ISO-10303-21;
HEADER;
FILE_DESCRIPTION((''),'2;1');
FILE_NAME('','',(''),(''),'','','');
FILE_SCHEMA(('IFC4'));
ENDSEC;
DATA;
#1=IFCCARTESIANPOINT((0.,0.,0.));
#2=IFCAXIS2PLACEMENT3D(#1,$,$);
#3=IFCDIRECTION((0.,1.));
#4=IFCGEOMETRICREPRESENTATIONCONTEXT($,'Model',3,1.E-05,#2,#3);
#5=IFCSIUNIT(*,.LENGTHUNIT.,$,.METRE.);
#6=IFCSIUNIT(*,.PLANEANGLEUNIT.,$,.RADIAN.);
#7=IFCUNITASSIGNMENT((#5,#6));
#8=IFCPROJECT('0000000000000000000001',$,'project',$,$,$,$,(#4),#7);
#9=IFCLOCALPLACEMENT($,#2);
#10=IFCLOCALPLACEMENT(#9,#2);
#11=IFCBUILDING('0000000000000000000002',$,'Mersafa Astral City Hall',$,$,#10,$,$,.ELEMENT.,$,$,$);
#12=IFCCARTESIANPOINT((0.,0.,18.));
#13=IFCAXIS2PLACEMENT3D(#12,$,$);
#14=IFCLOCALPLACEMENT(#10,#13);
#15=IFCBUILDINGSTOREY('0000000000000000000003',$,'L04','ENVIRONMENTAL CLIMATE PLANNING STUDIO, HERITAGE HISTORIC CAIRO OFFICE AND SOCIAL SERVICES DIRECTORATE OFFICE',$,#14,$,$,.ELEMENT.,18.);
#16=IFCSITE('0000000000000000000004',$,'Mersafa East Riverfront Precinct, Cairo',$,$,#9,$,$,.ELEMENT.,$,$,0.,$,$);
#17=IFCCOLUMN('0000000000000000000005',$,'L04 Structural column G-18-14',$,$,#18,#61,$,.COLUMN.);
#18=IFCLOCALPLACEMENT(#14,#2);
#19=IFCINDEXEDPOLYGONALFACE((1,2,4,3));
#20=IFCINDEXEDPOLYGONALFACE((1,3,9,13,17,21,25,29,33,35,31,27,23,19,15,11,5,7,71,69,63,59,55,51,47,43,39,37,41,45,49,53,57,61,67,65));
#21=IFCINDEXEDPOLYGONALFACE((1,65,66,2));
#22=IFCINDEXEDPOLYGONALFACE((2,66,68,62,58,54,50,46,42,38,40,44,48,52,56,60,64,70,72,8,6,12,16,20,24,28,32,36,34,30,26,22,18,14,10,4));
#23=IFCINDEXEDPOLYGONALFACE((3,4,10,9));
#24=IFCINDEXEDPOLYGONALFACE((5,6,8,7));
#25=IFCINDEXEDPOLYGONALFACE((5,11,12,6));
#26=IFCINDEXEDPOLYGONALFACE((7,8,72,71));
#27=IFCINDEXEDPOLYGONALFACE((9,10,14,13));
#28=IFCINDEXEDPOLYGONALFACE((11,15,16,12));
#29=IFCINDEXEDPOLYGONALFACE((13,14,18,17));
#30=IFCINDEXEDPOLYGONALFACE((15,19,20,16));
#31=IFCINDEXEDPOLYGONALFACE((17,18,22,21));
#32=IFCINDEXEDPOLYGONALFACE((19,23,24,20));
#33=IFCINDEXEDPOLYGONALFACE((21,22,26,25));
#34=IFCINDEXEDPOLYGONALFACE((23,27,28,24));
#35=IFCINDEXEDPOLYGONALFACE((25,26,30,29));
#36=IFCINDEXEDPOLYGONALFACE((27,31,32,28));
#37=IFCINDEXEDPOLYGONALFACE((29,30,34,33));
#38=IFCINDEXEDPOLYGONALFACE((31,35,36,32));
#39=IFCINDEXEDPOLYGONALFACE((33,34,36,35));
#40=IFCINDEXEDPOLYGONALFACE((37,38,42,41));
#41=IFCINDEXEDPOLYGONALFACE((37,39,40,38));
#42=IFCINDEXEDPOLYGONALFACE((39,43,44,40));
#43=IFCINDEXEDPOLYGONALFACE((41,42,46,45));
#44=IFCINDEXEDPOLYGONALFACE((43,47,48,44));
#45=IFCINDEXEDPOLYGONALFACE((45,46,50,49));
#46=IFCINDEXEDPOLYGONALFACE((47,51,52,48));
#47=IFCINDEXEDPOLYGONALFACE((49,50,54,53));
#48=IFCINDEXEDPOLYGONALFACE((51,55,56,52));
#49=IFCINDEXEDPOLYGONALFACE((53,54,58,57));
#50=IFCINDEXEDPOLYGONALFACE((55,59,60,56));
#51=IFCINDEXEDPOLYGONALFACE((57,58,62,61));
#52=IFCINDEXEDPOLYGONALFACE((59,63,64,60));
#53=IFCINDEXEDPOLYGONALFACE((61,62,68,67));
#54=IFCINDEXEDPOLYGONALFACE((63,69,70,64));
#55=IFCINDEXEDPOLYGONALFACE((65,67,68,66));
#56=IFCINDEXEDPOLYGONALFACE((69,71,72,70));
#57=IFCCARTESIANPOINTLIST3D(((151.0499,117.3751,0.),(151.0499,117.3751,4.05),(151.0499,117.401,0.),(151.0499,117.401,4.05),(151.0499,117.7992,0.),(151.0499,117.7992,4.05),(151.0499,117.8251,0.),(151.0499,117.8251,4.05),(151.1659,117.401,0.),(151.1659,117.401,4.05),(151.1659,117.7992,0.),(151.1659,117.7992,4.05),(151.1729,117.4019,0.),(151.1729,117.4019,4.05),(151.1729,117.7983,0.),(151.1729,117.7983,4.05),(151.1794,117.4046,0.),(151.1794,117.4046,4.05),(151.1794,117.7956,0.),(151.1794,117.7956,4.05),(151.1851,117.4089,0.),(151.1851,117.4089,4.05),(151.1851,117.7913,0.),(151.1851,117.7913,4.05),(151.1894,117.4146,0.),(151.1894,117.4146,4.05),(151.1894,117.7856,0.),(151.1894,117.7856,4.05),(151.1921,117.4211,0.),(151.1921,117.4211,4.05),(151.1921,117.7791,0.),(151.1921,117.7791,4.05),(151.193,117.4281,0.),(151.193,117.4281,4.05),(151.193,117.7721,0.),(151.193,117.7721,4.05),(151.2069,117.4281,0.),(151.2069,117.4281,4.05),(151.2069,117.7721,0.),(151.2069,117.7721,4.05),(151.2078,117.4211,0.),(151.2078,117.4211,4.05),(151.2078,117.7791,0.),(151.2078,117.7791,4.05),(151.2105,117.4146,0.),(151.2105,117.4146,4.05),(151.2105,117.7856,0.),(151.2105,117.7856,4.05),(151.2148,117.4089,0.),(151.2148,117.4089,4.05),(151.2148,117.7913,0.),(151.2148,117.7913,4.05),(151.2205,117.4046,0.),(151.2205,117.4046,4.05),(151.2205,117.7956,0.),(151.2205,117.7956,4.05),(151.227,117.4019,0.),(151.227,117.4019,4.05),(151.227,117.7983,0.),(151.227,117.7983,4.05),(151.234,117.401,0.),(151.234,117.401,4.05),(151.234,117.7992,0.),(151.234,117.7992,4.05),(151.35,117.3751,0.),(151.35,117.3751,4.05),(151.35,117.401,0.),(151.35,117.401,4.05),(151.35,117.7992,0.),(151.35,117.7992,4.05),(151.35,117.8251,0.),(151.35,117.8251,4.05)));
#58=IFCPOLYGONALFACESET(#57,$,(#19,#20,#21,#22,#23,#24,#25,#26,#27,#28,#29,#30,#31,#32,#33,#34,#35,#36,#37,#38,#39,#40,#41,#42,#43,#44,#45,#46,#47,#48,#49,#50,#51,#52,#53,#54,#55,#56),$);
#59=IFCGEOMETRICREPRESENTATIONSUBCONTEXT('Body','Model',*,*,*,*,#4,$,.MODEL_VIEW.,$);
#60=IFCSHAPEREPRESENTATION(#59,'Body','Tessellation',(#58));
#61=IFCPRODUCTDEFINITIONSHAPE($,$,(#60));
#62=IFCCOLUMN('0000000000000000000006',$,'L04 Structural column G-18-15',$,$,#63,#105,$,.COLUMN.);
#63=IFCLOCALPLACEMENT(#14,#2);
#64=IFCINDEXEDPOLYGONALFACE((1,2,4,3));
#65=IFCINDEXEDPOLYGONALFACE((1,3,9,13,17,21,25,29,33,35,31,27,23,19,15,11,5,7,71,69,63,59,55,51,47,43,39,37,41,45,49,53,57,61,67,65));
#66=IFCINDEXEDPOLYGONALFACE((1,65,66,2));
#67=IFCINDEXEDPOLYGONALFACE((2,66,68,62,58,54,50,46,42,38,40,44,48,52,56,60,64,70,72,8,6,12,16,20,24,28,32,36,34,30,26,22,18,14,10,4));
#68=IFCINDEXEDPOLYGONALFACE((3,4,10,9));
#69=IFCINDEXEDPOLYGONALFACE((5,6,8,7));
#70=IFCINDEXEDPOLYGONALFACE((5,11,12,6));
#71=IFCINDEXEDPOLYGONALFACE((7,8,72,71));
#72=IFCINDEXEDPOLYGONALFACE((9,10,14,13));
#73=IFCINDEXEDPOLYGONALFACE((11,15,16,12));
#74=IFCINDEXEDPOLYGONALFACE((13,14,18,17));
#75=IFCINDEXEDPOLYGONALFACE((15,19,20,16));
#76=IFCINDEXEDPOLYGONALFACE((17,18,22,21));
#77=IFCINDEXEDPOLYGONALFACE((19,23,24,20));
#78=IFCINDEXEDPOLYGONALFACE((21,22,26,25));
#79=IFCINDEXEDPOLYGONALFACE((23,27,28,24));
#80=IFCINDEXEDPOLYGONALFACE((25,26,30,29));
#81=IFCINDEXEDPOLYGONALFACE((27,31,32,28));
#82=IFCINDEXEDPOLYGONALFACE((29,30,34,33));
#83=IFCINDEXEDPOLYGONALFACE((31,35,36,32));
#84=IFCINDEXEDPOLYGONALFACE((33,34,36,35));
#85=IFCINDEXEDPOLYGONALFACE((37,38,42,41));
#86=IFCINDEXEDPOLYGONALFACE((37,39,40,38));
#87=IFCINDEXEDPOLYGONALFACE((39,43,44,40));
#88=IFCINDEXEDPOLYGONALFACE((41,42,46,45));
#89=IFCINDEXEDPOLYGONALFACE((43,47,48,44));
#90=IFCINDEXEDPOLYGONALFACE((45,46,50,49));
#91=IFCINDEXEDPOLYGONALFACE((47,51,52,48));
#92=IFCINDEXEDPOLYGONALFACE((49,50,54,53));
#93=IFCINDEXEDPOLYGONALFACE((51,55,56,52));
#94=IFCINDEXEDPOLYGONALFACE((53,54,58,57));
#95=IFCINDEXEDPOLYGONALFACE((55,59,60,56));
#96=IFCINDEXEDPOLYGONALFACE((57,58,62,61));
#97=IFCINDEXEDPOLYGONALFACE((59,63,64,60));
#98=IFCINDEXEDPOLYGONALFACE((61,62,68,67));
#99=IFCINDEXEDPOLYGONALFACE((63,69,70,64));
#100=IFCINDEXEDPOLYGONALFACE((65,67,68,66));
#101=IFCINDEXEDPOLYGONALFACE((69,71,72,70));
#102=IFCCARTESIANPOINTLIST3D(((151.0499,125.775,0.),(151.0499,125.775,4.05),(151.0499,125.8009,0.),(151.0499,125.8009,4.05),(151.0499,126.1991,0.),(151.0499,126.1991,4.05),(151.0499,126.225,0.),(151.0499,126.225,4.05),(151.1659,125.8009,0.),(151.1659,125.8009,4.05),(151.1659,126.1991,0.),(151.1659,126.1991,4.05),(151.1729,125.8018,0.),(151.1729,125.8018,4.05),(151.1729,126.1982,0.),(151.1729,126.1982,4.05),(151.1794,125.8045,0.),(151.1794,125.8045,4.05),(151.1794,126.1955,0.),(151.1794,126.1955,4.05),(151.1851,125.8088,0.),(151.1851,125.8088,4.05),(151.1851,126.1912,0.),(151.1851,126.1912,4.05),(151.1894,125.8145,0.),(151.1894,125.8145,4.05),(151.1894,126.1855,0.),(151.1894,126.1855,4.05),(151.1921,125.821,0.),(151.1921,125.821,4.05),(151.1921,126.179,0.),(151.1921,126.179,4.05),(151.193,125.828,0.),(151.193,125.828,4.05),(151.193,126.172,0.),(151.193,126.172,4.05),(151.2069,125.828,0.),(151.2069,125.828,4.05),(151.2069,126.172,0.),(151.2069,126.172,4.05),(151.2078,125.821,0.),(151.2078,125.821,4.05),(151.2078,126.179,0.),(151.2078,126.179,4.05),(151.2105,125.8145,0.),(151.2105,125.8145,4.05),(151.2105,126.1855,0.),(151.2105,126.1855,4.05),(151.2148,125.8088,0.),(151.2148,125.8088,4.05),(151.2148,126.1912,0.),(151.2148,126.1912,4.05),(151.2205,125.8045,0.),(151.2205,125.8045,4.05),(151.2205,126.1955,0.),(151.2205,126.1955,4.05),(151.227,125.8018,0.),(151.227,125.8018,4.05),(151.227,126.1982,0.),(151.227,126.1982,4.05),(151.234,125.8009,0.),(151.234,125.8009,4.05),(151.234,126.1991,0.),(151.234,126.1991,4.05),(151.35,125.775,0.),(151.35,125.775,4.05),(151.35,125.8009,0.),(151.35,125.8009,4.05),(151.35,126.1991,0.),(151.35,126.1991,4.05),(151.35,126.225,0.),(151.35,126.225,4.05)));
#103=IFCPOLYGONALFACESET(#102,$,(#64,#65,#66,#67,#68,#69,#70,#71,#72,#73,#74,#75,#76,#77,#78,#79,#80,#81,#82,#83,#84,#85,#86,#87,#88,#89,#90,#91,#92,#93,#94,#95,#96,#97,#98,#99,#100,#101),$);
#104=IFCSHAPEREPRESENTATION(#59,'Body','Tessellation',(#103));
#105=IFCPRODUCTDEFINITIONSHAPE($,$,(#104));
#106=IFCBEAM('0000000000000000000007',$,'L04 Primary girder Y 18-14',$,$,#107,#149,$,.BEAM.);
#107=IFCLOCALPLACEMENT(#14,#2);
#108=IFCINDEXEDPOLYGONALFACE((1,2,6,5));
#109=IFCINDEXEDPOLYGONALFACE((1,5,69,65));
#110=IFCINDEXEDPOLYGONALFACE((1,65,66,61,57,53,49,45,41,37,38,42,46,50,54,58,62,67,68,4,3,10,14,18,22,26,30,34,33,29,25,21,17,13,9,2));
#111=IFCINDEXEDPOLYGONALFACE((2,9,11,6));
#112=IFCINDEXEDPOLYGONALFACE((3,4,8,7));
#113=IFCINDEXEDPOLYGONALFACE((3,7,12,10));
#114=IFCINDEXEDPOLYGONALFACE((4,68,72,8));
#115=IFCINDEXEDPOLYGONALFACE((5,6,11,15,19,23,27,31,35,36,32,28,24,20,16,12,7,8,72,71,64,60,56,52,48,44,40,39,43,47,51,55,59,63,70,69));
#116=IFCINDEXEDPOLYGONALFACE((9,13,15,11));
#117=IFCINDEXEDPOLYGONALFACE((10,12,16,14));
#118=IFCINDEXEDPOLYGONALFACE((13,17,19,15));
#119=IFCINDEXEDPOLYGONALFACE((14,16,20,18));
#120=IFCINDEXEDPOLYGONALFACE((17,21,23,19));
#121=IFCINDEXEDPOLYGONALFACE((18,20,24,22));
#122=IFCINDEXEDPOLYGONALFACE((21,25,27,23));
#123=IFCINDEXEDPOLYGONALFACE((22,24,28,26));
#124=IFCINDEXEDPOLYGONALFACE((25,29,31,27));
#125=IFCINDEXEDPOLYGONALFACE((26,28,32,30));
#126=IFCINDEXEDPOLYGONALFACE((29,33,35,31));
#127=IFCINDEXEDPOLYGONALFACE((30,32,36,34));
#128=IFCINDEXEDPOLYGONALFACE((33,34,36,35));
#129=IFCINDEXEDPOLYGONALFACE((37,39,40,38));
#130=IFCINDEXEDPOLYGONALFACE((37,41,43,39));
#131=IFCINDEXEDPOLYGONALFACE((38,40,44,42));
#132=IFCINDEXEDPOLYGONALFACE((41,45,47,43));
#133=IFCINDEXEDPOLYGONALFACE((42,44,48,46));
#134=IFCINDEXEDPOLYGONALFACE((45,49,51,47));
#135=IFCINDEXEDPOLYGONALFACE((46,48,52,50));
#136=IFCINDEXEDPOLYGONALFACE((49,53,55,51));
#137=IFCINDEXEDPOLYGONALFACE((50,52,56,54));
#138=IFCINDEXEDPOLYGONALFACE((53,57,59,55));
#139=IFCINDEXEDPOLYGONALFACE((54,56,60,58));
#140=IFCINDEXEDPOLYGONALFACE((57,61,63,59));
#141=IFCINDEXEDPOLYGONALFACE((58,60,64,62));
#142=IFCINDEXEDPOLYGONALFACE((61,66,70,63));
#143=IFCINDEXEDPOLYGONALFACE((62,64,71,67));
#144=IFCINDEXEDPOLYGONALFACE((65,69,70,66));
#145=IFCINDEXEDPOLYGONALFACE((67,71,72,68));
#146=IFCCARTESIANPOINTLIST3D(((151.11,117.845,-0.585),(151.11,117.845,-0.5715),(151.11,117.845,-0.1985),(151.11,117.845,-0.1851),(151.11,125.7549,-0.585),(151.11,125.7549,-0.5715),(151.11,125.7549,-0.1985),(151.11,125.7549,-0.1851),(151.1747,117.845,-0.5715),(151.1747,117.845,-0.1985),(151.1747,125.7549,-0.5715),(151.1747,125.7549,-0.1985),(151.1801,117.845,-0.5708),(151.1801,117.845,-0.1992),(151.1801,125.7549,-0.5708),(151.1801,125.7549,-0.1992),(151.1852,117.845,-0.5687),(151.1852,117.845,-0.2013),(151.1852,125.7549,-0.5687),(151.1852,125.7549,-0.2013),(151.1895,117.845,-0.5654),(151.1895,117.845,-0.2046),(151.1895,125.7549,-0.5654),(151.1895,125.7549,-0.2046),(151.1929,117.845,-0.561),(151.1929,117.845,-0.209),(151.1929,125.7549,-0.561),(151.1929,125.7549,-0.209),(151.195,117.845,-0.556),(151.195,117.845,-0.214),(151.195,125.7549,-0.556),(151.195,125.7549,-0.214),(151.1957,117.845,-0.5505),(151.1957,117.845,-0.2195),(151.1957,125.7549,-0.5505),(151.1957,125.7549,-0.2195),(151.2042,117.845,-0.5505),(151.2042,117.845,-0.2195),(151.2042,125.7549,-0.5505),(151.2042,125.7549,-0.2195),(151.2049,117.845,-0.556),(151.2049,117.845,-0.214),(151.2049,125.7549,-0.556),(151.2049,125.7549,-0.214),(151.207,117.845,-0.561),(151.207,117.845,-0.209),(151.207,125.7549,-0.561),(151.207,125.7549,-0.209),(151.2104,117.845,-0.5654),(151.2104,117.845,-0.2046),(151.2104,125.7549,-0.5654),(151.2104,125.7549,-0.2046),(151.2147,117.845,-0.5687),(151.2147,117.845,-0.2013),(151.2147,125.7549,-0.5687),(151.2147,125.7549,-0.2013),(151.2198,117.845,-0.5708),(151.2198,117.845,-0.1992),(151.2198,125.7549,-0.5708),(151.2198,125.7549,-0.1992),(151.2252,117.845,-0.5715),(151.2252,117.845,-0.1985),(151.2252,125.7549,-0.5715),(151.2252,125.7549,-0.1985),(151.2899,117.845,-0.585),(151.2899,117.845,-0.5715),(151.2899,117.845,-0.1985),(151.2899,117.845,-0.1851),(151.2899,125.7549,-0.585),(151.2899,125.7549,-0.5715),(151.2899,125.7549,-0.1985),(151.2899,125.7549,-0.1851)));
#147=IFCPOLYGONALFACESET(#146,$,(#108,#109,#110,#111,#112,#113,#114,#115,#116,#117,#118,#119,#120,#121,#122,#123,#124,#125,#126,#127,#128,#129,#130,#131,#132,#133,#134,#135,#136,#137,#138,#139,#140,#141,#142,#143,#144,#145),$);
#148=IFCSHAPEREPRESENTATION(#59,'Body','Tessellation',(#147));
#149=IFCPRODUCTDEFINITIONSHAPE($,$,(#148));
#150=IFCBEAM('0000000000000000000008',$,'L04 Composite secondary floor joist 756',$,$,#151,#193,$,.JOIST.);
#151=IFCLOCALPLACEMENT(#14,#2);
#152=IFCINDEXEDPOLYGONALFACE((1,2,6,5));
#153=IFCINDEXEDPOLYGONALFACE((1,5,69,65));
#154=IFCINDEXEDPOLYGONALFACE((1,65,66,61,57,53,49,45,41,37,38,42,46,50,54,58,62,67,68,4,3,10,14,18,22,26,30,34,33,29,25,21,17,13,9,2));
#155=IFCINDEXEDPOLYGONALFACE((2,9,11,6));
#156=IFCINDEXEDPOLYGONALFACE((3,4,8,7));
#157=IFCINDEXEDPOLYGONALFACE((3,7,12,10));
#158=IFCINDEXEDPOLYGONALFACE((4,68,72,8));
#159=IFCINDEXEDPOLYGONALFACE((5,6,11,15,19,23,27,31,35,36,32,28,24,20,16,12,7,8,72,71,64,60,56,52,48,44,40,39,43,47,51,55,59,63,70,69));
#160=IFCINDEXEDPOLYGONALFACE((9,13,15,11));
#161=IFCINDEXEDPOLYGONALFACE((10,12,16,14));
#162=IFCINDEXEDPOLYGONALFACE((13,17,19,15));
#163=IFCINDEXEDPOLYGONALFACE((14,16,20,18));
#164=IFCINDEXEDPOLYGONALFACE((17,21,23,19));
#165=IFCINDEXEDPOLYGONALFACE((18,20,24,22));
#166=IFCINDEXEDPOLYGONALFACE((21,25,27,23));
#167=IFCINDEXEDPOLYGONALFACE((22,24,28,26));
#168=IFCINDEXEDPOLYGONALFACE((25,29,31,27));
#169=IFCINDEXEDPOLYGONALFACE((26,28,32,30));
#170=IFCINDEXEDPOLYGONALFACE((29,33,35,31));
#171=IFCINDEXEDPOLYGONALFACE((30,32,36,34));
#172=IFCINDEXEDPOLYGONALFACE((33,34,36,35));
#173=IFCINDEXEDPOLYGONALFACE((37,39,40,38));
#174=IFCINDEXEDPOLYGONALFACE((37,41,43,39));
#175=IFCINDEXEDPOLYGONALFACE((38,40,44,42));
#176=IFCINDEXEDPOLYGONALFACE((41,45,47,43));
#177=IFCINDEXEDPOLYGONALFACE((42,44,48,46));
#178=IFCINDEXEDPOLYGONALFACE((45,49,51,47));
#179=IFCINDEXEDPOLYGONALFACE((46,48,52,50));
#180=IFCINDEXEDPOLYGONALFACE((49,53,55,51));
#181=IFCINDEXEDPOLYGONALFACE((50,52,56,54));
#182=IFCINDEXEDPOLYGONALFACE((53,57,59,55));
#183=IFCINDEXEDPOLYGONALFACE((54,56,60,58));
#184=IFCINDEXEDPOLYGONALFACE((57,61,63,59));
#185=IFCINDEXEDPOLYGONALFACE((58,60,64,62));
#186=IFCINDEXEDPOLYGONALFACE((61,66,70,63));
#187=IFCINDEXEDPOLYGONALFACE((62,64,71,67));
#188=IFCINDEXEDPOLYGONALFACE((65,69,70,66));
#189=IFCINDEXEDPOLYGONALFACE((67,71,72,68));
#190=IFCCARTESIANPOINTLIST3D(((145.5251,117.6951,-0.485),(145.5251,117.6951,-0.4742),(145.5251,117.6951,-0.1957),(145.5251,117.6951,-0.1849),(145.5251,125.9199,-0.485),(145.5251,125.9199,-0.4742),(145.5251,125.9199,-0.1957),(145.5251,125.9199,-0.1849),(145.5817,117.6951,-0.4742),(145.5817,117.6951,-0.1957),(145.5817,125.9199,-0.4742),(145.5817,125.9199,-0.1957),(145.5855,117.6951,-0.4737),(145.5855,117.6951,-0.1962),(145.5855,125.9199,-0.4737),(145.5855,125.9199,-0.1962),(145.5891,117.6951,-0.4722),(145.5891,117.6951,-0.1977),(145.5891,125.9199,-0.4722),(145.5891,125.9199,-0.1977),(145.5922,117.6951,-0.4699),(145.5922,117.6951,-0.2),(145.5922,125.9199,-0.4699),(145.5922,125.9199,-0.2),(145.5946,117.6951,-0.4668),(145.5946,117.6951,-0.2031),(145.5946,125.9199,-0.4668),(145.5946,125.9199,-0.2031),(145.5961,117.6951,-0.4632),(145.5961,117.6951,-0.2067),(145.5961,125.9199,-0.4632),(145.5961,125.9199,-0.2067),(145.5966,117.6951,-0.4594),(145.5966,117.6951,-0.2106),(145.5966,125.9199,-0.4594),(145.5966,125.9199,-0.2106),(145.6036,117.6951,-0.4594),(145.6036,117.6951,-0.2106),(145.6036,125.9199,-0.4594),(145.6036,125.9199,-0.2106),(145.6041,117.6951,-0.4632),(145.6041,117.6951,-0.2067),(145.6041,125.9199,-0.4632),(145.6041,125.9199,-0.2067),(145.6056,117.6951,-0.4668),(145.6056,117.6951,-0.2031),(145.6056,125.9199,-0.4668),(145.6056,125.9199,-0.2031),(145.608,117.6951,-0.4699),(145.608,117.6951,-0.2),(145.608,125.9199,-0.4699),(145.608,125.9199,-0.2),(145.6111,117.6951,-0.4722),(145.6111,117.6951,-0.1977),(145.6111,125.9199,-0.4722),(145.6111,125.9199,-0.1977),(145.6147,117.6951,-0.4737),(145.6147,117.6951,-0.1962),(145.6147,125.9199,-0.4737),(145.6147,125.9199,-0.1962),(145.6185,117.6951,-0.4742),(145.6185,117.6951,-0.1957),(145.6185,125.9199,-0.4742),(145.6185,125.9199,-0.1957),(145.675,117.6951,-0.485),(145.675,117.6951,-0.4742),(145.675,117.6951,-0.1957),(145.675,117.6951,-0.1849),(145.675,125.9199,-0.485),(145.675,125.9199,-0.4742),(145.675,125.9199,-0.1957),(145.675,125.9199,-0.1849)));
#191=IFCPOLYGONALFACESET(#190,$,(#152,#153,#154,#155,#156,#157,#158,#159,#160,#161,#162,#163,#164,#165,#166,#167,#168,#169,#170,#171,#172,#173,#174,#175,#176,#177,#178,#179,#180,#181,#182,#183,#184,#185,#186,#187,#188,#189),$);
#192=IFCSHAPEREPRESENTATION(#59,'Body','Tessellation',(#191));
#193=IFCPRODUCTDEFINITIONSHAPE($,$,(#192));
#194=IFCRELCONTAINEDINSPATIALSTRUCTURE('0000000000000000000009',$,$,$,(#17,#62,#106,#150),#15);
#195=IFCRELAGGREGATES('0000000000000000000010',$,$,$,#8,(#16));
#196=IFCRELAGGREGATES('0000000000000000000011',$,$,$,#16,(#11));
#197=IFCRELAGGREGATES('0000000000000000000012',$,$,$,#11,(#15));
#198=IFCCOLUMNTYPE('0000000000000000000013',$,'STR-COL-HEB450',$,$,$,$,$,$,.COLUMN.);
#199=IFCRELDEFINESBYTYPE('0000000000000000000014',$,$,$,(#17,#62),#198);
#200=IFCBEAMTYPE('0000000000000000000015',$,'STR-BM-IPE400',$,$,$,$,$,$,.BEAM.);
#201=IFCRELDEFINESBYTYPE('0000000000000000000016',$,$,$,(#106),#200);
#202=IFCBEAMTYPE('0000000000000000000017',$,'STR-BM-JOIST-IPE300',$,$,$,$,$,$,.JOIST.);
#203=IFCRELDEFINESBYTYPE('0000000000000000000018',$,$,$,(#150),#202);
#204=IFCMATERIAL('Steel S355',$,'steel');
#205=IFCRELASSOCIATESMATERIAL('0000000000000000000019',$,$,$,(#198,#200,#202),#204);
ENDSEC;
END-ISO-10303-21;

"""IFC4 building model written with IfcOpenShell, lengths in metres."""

from ifc_helpers import new_model, si_unit, direction, frame, origin, origin_2d, place, context, subcontext, project, spatial, i_section, extrude, material, material_profile, profile_set, type_object, element, save


model = new_model("IFC4")

# Units and contexts
model_context = context("Model", 3, precision=1e-05, world=origin(), true_north=direction((0.0, 1.0)))
body_context = subcontext(model_context, "Body", "Model", "MODEL_VIEW")
ifc_project = project(units=[si_unit("LENGTHUNIT", "METRE"), si_unit("PLANEANGLEUNIT", "RADIAN")], contexts=[model_context])

# Site, building, storey
site_placement = place(None, origin())
site = spatial("IfcSite", under=ifc_project, at=site_placement, Name="Mersafa East Riverfront Precinct, Cairo", CompositionType="ELEMENT", RefElevation=0.0)
building_placement = place(site_placement, origin())
building = spatial("IfcBuilding", under=site, at=building_placement, Name="Mersafa Astral City Hall", CompositionType="ELEMENT")
storey_placement = place(building_placement, frame((0.0, 0.0, 18.0)))
storey = spatial("IfcBuildingStorey", under=building, at=storey_placement, Name="L04", Description="ENVIRONMENTAL CLIMATE PLANNING STUDIO, HERITAGE HISTORIC CAIRO OFFICE AND SOCIAL SERVICES DIRECTORATE OFFICE", CompositionType="ELEMENT", Elevation=18.0)

# Columns
ifc_material_1 = material(Name="Steel S355", Category="steel")
ifc_material_profile_1 = material_profile(ifc_material_1, i_section(OverallWidth=0.3, OverallDepth=0.45, WebThickness=0.0139, FlangeThickness=0.0259, FilletRadius=0.0271, at=origin_2d()), Name="HEB 450")
ifc_profile_set_1 = profile_set([ifc_material_profile_1], Name="Steel S355")
column_type = type_object("IfcColumnType", Name="STR-COL-HEB450", PredefinedType="COLUMN", material=ifc_profile_set_1)
for number, where, z_axis, x_axis, name in (
    (1, (151.2, 117.6001, 0.0), (0.0, 0.0, 1.0), (1.0, 0.0, 0.0), "L04 Structural column G-18-14"),
    (2, (151.2, 126.0, 0.0), (0.0, 0.0, 1.0), (1.0, 0.0, 0.0), "L04 Structural column G-18-15"),
):
    element("IfcColumn", number, at=place(storey_placement, frame(where, z_axis=z_axis, x_axis=x_axis)), inside=storey, type_object=column_type, Name=name, PredefinedType="COLUMN", context=body_context, shape_type="SweptSolid", body=[
        extrude(i_section(OverallWidth=0.3, OverallDepth=0.45, WebThickness=0.0139, FlangeThickness=0.0259, FilletRadius=0.0271, at=origin_2d()), origin(), (0.0, 0.0, 1.0), 4.05),
    ])

# Beams
ifc_material_profile_2 = material_profile(ifc_material_1, i_section(OverallWidth=0.1799, OverallDepth=0.3999, WebThickness=0.0085, FlangeThickness=0.0134, FilletRadius=0.021, at=origin_2d()), Name="IPE 400")
ifc_profile_set_2 = profile_set([ifc_material_profile_2], Name="Steel S355")
beam_type_1 = type_object("IfcBeamType", Name="STR-BM-IPE400", PredefinedType="BEAM", material=ifc_profile_set_2)
beam_1_placement = place(storey_placement, frame((151.2, 117.845, -0.385), z_axis=(0.0, 1.0, 0.0), x_axis=(-1.0, 0.0, 0.0)))
element("IfcBeam", 3, at=beam_1_placement, inside=storey, type_object=beam_type_1, Name="L04 Primary girder Y 18-14", PredefinedType="BEAM", context=body_context, shape_type="SweptSolid", body=[
    extrude(i_section(OverallWidth=0.1799, OverallDepth=0.3999, WebThickness=0.0085, FlangeThickness=0.0134, FilletRadius=0.021, at=origin_2d()), origin(), (0.0, 0.0, 1.0), 7.9099),
])
ifc_material_profile_3 = material_profile(ifc_material_1, i_section(OverallWidth=0.1499, OverallDepth=0.3, WebThickness=0.0071, FlangeThickness=0.0107, FilletRadius=0.0149, at=origin_2d()), Name="IPE 300")
ifc_profile_set_3 = profile_set([ifc_material_profile_3], Name="Steel S355")
beam_type_2 = type_object("IfcBeamType", Name="STR-BM-JOIST-IPE300", PredefinedType="JOIST", material=ifc_profile_set_3)
for number, where, z_axis, x_axis, name in (
    (4, (145.6001, 117.6951, -0.335), (0.0, 1.0, 0.0), (-1.0, 0.0, 0.0), "L04 Composite secondary floor joist 756"),
):
    element("IfcBeam", number, at=place(storey_placement, frame(where, z_axis=z_axis, x_axis=x_axis)), inside=storey, type_object=beam_type_2, Name=name, PredefinedType="JOIST", context=body_context, shape_type="SweptSolid", body=[
        extrude(i_section(OverallWidth=0.1499, OverallDepth=0.3, WebThickness=0.0071, FlangeThickness=0.0107, FilletRadius=0.0149, at=origin_2d()), origin(), (0.0, 0.0, 1.0), 8.2249),
    ])

save(model, "model.ifc")
